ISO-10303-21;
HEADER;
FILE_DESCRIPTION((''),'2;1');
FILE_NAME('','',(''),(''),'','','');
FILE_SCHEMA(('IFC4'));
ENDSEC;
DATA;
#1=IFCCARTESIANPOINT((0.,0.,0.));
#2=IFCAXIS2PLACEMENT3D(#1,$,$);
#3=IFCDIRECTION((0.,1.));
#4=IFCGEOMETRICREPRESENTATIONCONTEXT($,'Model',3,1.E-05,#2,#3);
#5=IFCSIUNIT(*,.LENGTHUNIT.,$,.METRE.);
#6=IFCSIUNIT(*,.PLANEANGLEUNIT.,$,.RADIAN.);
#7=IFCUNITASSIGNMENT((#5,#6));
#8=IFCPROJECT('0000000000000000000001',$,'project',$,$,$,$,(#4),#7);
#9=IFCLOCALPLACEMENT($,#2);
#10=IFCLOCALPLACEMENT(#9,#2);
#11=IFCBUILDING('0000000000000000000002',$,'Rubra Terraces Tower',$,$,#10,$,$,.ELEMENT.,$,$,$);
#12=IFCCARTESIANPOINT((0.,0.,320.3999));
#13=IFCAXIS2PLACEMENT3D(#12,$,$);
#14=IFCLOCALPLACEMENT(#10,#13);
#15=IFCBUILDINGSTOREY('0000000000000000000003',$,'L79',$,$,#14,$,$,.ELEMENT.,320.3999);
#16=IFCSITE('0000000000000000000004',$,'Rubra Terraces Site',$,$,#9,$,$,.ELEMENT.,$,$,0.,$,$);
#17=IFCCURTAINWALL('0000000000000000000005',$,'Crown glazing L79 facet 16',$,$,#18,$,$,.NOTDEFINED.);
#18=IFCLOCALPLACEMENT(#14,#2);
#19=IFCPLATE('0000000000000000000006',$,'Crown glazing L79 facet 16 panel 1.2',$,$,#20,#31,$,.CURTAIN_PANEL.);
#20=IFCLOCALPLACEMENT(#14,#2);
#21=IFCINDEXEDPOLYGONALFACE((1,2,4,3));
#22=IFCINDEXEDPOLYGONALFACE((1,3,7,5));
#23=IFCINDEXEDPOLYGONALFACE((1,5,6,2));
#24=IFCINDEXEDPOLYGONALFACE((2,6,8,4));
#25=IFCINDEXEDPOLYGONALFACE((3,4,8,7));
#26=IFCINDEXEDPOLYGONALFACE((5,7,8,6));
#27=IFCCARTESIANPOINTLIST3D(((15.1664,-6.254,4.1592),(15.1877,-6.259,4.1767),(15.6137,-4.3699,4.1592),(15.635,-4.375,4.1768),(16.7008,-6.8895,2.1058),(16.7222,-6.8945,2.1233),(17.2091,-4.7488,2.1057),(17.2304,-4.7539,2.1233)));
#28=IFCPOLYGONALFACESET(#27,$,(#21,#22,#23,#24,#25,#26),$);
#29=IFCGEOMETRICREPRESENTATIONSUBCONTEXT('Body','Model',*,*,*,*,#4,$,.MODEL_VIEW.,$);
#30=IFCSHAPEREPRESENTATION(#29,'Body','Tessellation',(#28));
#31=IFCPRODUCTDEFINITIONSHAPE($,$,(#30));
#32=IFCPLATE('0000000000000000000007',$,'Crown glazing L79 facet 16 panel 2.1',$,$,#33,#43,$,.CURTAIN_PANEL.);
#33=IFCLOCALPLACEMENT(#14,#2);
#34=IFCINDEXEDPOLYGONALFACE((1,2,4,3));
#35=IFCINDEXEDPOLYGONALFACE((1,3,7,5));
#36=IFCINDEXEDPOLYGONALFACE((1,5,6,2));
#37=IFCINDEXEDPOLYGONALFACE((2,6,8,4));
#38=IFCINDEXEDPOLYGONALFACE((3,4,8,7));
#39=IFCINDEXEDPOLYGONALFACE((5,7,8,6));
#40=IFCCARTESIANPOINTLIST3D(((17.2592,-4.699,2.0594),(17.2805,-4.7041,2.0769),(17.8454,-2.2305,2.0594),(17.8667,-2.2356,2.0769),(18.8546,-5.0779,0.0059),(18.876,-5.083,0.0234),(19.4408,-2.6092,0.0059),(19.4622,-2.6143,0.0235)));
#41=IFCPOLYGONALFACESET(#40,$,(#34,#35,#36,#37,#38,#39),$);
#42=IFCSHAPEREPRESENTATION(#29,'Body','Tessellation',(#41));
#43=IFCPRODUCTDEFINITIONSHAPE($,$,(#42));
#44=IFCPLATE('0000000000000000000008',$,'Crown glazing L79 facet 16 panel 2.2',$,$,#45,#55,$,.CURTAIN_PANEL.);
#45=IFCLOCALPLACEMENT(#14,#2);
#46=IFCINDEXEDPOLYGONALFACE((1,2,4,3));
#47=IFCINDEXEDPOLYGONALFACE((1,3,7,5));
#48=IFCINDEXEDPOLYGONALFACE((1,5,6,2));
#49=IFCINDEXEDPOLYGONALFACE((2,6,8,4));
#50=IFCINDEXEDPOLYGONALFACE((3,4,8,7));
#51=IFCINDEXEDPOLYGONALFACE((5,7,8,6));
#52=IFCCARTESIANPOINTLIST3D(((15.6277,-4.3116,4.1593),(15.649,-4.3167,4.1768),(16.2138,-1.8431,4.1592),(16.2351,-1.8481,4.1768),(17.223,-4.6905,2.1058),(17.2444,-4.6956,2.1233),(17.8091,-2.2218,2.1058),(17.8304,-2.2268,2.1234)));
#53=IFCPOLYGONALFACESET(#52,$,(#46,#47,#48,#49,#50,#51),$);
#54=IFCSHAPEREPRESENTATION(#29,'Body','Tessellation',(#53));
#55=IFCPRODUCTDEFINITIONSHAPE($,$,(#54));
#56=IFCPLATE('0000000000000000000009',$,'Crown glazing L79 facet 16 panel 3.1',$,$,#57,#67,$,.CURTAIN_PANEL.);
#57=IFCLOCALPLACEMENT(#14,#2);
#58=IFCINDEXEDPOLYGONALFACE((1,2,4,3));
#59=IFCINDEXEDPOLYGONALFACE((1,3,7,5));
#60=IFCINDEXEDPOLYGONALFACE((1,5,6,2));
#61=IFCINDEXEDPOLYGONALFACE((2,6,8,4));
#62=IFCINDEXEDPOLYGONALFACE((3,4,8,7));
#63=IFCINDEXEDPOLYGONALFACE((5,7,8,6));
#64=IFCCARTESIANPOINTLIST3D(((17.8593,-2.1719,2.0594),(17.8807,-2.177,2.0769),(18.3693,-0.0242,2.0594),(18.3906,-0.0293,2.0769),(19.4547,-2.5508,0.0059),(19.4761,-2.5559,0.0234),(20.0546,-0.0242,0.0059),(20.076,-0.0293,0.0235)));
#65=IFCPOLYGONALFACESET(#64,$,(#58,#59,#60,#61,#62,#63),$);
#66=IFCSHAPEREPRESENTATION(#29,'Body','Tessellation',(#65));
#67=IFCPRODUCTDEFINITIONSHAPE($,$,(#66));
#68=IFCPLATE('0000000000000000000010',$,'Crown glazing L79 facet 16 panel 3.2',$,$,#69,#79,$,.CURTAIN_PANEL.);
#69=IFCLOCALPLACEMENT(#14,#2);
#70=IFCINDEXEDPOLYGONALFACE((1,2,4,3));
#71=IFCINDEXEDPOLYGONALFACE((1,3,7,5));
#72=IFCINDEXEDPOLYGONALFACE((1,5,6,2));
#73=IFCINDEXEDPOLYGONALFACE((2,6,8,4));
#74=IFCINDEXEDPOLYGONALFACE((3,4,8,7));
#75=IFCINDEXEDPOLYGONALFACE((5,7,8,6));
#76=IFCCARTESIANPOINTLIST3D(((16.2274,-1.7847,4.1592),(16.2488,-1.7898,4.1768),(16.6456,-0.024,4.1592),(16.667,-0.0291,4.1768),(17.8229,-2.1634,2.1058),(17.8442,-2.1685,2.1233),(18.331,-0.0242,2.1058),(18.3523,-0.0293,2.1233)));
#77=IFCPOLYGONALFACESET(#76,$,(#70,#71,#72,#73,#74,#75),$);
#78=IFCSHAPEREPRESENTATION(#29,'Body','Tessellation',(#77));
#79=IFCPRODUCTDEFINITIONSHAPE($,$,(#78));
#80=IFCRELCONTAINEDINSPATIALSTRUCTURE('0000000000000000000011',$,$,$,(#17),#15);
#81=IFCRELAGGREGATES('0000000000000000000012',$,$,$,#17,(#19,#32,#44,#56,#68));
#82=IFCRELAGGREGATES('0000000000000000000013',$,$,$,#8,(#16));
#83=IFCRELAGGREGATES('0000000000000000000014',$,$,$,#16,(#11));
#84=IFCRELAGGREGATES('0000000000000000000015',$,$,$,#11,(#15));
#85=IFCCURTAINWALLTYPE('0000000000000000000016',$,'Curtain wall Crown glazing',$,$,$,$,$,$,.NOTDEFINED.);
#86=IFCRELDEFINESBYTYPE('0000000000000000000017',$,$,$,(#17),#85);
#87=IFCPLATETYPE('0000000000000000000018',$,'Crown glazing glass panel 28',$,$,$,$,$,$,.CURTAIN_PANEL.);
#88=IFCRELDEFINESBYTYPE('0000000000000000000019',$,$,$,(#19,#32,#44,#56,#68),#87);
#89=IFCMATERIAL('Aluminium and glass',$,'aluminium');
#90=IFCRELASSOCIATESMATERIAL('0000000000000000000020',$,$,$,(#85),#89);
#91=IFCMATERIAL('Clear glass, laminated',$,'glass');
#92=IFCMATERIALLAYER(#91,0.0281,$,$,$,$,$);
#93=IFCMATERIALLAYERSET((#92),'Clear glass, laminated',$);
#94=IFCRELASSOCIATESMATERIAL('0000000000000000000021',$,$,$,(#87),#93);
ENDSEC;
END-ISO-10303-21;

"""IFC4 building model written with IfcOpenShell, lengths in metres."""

from ifc_helpers import new_model, si_unit, direction, frame, origin, place, context, subcontext, project, spatial, polyline, outline, extrude, material, layer, layer_set, type_object, element, aggregate, save


model = new_model("IFC4")

# Units and contexts
model_context = context("Model", 3, precision=1e-05, world=origin(), true_north=direction((0.0, 1.0)))
body_context = subcontext(model_context, "Body", "Model", "MODEL_VIEW")
ifc_project = project(units=[si_unit("LENGTHUNIT", "METRE"), si_unit("PLANEANGLEUNIT", "RADIAN")], contexts=[model_context])

# Site, building, storey
site_placement = place(None, origin())
site = spatial("IfcSite", under=ifc_project, at=site_placement, Name="Rubra Terraces Site", CompositionType="ELEMENT", RefElevation=0.0)
building_placement = place(site_placement, origin())
building = spatial("IfcBuilding", under=site, at=building_placement, Name="Rubra Terraces Tower", CompositionType="ELEMENT")
storey_placement = place(building_placement, frame((0.0, 0.0, 320.3999)))
storey = spatial("IfcBuildingStorey", under=building, at=storey_placement, Name="L79", CompositionType="ELEMENT", Elevation=320.3999)

# Curtain wall
ifc_material_1 = material(Name="Aluminium and glass", Category="aluminium")
curtain_wall_type = type_object("IfcCurtainWallType", Name="Curtain wall Crown glazing", PredefinedType="NOTDEFINED", material=ifc_material_1)
curtain_wall_1_placement = place(storey_placement, origin())
curtain_wall_1 = element("IfcCurtainWall", 1, at=curtain_wall_1_placement, inside=storey, type_object=curtain_wall_type, Name="Crown glazing L79 facet 16", PredefinedType="NOTDEFINED")

# Plates
ifc_material_2 = material(Name="Clear glass, laminated", Category="glass")
ifc_layer = layer(ifc_material_2, 0.0281)
ifc_layer_set = layer_set([ifc_layer], Name="Clear glass, laminated")
plate_type = type_object("IfcPlateType", Name="Crown glazing glass panel 28", PredefinedType="CURTAIN_PANEL", material=ifc_layer_set)
plate_1_placement = place(storey_placement, frame((16.7222, -6.8945, 2.1233), z_axis=(0.760288, -0.180514, 0.624), x_axis=(0.231016, 0.97295, -0.000012)))
plate_1 = element("IfcPlate", 2, at=plate_1_placement, type_object=plate_type, Name="Crown glazing L79 facet 16 panel 1.2", PredefinedType="CURTAIN_PANEL", context=body_context, shape_type="SweptSolid", body=[
    extrude(outline(polyline([(0.0, 0.0), (2.2001, 0.0), (2.2002, 2.6279), (0.2638, 2.6278), (0.0, 0.0)])), origin(), (0.0, 0.0, -1.0), 0.0281),
])
plate_2_placement = place(storey_placement, frame((18.876, -5.083, 0.0234), z_axis=(0.760279, -0.18053, 0.624006), x_axis=(0.231024, 0.972948, 0.000005)))
plate_2 = element("IfcPlate", 3, at=plate_2_placement, type_object=plate_type, Name="Crown glazing L79 facet 16 panel 2.1", PredefinedType="CURTAIN_PANEL", context=body_context, shape_type="SweptSolid", body=[
    extrude(outline(polyline([(0.0, 0.0), (2.5374, 0.0), (2.5372, 2.6279), (0.0001, 2.6279), (0.0, 0.0)])), origin(), (0.0, 0.0, -1.0), 0.0281),
])
plate_3_placement = place(storey_placement, frame((17.2444, -4.6956, 2.1233), z_axis=(0.760309, -0.1805, 0.623979), x_axis=(0.230961, 0.972963, 0.000028)))
plate_3 = element("IfcPlate", 4, at=plate_3_placement, type_object=plate_type, Name="Crown glazing L79 facet 16 panel 2.2", PredefinedType="CURTAIN_PANEL", context=body_context, shape_type="SweptSolid", body=[
    extrude(outline(polyline([(0.0, 0.0), (2.5373, 0.0), (2.5374, 2.6277), (0.0002, 2.6279), (0.0, 0.0)])), origin(), (0.0, 0.0, -1.0), 0.0281),
])
plate_4_placement = place(storey_placement, frame((19.4761, -2.5559, 0.0234), z_axis=(0.760287, -0.180522, 0.623999), x_axis=(0.231007, 0.972952, 0.000011)))
plate_4 = element("IfcPlate", 5, at=plate_4_placement, type_object=plate_type, Name="Crown glazing L79 facet 16 panel 3.1", PredefinedType="CURTAIN_PANEL", context=body_context, shape_type="SweptSolid", body=[
    extrude(outline(polyline([(0.0, 0.0), (2.5968, 0.0), (2.2075, 2.6278), (0.0001, 2.6279), (0.0, 0.0)])), origin(), (0.0, 0.0, -1.0), 0.0281),
])
plate_5_placement = place(storey_placement, frame((17.8442, -2.1685, 2.1233), z_axis=(0.760278, -0.180574, 0.623996), x_axis=(0.23108, 0.972935, 0.000004)))
plate_5 = element("IfcPlate", 6, at=plate_5_placement, type_object=plate_type, Name="Crown glazing L79 facet 16 panel 3.2", PredefinedType="CURTAIN_PANEL", context=body_context, shape_type="SweptSolid", body=[
    extrude(outline(polyline([(0.0, 0.0), (2.1987, 0.0), (1.8095, 2.6278), (-0.0003, 2.6279), (0.0, 0.0)])), origin(), (0.0, 0.0, -1.0), 0.0281),
])
aggregate(curtain_wall_1, [plate_1, plate_2, plate_3, plate_4, plate_5])

save(model, "model.ifc")
